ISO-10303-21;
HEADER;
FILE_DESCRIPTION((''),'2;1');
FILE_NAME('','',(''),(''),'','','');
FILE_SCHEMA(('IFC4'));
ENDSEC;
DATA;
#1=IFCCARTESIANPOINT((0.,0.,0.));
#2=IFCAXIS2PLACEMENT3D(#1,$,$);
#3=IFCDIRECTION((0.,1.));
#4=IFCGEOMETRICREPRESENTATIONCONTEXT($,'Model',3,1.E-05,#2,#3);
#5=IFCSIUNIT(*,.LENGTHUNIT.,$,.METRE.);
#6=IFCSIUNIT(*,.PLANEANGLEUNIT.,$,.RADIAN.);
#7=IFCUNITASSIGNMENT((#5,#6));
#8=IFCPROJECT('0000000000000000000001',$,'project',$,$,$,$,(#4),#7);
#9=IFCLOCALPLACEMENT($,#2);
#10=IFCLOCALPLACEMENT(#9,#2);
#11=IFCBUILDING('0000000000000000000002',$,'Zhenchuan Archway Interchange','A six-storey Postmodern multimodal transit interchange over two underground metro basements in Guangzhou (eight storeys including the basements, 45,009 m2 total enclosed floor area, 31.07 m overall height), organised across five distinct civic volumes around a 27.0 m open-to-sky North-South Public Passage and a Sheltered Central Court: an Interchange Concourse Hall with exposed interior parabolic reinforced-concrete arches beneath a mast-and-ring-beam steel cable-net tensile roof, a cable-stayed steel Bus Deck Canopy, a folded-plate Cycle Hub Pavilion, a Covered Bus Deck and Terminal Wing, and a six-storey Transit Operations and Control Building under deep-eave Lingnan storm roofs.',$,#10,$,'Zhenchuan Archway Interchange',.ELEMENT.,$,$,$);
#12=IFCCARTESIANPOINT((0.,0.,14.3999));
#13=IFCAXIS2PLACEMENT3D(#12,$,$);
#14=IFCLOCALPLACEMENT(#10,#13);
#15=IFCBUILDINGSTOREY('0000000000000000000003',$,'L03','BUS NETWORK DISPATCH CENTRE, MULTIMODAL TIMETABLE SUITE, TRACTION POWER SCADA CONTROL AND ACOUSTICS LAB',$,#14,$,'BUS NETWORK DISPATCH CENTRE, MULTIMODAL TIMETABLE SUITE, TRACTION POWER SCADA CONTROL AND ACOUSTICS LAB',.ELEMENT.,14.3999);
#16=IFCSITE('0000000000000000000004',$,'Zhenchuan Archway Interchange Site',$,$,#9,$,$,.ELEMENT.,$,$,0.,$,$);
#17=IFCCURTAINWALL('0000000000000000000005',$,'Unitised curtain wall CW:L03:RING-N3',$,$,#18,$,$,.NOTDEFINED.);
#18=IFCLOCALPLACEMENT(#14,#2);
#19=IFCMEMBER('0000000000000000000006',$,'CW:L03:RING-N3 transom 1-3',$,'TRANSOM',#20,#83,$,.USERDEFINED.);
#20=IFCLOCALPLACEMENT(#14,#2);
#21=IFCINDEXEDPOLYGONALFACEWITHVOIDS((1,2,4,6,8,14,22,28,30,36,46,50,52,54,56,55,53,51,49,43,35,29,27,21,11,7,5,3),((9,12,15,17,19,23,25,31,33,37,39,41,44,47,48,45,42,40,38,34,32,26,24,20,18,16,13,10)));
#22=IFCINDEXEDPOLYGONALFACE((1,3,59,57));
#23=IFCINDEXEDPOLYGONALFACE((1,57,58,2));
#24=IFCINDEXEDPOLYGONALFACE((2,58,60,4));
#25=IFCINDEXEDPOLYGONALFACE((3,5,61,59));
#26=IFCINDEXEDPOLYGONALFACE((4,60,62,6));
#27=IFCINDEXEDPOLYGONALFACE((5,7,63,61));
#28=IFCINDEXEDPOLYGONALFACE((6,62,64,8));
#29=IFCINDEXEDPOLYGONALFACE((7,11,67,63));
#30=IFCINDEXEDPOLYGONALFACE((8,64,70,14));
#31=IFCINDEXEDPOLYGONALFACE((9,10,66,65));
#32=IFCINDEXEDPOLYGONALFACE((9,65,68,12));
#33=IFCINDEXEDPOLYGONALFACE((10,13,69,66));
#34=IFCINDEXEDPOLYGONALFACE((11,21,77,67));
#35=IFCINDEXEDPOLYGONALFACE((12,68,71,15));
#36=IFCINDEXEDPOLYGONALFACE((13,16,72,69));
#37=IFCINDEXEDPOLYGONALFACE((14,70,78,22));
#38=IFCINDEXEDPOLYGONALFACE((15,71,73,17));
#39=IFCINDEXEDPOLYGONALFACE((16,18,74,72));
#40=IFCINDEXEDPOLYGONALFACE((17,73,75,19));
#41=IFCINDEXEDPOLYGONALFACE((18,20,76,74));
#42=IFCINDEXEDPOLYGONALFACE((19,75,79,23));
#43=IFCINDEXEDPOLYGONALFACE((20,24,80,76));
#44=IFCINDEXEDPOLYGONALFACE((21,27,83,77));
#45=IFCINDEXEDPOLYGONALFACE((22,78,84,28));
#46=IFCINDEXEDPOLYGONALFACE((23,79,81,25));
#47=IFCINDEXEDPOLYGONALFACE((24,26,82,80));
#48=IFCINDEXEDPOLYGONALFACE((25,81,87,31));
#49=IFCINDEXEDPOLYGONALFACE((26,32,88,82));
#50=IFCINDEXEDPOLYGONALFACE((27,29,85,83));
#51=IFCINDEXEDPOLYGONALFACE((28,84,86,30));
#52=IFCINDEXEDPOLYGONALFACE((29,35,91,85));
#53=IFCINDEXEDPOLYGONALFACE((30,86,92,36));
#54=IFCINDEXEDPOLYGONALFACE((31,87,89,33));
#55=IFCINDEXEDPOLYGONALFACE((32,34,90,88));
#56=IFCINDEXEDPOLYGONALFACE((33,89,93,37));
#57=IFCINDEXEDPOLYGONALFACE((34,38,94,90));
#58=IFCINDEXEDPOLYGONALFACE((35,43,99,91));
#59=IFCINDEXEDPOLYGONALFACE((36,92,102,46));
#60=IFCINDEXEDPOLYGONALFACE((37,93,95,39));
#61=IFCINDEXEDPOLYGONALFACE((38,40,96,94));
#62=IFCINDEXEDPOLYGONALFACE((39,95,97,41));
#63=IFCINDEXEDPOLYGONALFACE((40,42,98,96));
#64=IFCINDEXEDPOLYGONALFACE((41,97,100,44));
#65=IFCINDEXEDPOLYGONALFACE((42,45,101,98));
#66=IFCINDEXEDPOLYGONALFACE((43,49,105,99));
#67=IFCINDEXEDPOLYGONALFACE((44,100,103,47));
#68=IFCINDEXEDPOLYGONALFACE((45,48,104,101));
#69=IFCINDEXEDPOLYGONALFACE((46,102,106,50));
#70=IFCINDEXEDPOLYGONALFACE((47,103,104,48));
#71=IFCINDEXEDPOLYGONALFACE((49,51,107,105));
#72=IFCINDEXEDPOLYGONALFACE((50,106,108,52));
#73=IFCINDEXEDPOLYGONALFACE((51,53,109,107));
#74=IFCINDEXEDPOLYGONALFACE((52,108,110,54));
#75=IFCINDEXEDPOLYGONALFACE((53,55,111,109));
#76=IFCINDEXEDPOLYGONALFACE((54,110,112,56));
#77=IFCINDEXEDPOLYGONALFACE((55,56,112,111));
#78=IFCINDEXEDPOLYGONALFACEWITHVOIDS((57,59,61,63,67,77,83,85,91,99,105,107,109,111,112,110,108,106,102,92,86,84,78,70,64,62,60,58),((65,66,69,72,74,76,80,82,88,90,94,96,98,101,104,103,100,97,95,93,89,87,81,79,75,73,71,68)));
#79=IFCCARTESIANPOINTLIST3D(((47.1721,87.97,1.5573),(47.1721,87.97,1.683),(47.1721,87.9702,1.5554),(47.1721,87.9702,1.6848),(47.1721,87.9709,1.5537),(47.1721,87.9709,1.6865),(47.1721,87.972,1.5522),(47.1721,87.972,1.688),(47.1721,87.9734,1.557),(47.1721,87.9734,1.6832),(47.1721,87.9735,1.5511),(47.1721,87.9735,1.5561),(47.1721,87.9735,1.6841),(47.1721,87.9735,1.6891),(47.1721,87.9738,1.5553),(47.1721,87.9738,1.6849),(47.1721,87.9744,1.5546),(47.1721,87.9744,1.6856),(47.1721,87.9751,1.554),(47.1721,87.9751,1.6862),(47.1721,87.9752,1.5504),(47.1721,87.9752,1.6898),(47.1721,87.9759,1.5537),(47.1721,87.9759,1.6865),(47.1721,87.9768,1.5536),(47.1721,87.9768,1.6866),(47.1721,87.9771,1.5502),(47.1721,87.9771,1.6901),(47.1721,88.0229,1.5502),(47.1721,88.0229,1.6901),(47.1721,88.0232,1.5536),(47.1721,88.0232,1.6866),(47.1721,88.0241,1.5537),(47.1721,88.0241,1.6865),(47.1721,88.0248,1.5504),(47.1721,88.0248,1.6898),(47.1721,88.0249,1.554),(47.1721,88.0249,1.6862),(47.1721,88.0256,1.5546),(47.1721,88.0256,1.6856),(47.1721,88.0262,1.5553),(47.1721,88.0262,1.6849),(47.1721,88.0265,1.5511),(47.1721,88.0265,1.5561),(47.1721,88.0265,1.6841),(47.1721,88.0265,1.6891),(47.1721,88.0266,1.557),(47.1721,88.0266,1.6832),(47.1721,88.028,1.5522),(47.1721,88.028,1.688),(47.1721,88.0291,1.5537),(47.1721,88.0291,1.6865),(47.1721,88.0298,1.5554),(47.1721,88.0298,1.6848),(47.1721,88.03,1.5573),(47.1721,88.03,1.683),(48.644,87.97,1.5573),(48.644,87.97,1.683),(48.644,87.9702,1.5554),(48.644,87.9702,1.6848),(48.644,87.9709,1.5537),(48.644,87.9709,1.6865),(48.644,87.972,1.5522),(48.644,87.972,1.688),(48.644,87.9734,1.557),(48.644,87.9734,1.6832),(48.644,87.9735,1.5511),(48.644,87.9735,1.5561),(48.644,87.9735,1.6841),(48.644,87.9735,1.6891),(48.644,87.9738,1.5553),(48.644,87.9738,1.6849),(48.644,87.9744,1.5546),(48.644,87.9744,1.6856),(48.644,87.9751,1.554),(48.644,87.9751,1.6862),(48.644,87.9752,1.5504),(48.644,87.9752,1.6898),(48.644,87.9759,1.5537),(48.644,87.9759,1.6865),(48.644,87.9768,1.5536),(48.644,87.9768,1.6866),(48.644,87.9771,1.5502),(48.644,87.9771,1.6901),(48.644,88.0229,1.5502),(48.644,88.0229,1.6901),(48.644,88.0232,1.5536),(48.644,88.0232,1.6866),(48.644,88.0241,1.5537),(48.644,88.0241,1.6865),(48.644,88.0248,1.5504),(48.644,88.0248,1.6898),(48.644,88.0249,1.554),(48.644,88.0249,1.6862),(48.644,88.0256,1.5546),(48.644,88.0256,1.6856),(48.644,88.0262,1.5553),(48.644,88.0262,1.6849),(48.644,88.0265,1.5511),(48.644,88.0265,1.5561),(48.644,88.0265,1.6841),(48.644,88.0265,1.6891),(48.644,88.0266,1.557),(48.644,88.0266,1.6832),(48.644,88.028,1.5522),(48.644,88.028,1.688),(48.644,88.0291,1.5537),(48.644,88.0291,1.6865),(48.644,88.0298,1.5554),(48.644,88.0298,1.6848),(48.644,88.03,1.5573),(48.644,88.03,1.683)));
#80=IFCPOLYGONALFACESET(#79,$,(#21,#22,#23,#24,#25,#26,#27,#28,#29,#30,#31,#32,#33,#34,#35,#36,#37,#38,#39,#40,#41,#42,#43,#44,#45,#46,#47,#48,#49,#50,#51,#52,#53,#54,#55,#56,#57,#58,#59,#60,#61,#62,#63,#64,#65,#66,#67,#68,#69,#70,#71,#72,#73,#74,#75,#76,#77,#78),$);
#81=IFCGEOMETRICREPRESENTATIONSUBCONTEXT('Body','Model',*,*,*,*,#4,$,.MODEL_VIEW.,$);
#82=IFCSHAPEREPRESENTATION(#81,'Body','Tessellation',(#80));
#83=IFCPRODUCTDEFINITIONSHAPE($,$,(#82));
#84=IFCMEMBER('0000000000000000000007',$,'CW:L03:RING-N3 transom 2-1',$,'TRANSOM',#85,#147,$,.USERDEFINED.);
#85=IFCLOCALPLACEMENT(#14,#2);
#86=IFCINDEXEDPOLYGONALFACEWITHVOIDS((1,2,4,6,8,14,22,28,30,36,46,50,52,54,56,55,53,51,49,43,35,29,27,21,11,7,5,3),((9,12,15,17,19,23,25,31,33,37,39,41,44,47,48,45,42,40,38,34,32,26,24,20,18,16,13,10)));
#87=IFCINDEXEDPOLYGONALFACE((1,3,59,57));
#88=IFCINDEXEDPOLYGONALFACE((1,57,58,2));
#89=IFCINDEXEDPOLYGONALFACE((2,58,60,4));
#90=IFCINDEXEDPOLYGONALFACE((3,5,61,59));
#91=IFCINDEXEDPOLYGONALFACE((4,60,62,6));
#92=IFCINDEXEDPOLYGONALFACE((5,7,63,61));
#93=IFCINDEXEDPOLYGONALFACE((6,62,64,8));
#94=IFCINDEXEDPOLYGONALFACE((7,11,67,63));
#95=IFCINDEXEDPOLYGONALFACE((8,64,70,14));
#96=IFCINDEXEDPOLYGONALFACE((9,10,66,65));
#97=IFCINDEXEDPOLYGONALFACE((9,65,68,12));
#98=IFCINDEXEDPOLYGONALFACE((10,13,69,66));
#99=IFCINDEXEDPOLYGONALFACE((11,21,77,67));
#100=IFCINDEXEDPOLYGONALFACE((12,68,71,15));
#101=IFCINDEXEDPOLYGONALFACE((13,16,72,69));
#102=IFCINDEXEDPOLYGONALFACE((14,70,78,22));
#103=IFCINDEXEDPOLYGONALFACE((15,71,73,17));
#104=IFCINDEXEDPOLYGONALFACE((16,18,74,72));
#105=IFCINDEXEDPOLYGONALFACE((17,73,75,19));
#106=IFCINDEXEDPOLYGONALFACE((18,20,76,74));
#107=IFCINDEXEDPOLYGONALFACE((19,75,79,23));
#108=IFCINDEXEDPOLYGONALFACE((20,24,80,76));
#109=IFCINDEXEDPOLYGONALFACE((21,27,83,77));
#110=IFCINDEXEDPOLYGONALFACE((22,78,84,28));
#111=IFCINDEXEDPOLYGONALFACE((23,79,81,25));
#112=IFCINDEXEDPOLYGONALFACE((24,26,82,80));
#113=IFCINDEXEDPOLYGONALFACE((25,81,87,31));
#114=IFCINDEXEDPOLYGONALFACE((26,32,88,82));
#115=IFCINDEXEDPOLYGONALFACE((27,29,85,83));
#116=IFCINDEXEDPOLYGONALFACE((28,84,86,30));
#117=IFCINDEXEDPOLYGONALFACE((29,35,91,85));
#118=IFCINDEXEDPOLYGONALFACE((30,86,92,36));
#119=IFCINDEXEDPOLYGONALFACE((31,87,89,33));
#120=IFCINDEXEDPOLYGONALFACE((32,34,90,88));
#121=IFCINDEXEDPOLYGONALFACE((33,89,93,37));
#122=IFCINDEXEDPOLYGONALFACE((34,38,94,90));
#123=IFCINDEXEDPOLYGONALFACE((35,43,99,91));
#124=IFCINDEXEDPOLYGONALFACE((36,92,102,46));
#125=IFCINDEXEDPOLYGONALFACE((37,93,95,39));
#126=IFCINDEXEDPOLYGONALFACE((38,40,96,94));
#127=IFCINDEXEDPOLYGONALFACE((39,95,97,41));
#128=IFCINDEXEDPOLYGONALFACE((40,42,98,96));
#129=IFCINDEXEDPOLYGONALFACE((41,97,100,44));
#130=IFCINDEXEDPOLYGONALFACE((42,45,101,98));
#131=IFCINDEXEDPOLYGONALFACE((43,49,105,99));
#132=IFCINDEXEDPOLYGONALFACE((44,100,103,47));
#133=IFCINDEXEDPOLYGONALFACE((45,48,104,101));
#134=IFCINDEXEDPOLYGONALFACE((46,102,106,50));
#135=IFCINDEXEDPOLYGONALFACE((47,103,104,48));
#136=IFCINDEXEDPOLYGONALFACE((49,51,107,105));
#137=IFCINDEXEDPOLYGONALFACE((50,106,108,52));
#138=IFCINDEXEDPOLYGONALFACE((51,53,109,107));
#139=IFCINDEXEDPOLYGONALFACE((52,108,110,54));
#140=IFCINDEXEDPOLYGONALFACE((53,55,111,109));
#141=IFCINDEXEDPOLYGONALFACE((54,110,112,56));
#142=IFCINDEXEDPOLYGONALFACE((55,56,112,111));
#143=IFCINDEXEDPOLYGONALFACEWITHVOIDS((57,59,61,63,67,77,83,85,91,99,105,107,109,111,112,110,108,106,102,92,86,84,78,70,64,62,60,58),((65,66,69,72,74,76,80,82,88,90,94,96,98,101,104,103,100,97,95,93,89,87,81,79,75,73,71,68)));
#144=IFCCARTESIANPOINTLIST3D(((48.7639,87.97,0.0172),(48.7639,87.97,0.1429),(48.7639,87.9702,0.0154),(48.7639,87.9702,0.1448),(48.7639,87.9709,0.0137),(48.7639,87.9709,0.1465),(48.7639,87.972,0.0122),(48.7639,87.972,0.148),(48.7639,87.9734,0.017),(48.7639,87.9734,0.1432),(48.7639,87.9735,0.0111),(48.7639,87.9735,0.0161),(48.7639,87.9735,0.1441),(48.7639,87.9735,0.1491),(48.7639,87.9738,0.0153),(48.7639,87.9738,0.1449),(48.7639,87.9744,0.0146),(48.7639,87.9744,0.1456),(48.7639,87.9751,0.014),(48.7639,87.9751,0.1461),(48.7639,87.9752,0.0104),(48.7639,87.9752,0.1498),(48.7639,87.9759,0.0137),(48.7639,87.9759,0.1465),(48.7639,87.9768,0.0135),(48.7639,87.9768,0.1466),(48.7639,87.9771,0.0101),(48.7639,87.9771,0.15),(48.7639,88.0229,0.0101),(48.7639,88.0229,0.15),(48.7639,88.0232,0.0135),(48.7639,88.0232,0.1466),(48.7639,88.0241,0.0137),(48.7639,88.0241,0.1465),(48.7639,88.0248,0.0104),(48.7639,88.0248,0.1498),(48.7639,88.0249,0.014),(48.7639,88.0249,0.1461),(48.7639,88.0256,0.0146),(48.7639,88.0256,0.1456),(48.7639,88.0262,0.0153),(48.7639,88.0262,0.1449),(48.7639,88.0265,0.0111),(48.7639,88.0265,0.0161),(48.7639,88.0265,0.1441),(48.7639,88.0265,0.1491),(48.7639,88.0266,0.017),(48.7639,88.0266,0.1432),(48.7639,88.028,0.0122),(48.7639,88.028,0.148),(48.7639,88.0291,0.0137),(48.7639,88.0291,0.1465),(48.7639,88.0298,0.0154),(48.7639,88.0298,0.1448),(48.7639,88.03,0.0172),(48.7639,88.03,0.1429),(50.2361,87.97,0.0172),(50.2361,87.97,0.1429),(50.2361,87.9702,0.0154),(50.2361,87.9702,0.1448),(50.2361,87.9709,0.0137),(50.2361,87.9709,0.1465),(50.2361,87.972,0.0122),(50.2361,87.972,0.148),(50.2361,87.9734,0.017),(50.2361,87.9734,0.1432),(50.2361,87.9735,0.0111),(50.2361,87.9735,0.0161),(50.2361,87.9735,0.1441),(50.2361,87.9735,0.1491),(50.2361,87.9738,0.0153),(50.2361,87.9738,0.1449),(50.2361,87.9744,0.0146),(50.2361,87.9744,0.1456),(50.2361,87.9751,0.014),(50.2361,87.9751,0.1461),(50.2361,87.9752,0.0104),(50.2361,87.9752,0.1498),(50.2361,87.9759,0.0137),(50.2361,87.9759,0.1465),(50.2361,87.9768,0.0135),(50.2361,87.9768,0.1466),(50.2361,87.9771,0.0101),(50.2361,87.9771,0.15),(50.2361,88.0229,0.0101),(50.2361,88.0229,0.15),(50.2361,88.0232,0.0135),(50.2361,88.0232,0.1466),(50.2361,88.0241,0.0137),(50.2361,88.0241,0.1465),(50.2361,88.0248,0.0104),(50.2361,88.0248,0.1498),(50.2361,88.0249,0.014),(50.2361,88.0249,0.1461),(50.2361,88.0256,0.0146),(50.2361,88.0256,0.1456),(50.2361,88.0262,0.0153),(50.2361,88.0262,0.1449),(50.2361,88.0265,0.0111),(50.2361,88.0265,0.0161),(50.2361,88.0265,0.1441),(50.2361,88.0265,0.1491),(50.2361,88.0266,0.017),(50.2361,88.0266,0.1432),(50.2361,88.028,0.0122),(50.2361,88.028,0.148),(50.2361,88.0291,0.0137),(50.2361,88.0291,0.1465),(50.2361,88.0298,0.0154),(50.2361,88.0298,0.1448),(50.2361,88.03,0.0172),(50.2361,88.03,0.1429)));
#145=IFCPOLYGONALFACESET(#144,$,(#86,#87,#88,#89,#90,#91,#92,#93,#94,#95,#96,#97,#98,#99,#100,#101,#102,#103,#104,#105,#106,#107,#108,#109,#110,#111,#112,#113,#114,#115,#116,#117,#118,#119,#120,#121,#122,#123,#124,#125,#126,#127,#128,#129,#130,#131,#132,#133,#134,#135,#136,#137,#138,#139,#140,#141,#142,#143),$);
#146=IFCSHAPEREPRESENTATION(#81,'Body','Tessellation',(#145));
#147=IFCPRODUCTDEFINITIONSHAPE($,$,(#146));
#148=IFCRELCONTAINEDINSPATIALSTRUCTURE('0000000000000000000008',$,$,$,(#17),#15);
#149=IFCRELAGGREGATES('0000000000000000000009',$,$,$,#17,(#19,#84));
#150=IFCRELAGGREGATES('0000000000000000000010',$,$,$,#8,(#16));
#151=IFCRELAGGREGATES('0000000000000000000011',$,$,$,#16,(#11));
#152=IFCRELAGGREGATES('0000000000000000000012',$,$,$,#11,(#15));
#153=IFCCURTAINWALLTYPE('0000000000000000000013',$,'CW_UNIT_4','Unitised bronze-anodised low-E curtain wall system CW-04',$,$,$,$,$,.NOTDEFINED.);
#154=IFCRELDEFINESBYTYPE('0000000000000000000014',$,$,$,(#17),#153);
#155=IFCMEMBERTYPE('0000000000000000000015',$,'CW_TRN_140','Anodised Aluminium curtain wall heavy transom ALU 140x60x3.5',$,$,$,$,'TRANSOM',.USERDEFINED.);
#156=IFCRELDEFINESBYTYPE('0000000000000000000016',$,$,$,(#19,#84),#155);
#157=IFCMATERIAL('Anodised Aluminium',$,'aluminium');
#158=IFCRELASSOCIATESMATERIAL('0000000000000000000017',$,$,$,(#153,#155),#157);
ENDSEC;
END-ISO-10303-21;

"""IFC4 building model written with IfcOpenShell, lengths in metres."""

from ifc_helpers import new_model, si_unit, direction, frame, origin, origin_2d, place, context, subcontext, project, spatial, hollow_rectangle, extrude, material, material_profile, profile_set, type_object, element, aggregate, save


model = new_model("IFC4")

# Units and contexts
model_context = context("Model", 3, precision=1e-05, world=origin(), true_north=direction((0.0, 1.0)))
body_context = subcontext(model_context, "Body", "Model", "MODEL_VIEW")
ifc_project = project(units=[si_unit("LENGTHUNIT", "METRE"), si_unit("PLANEANGLEUNIT", "RADIAN")], contexts=[model_context])

# Site, building, storey
site_placement = place(None, origin())
site = spatial("IfcSite", under=ifc_project, at=site_placement, Name="Zhenchuan Archway Interchange Site", CompositionType="ELEMENT", RefElevation=0.0)
building_placement = place(site_placement, origin())
building = spatial("IfcBuilding", under=site, at=building_placement, Name="Zhenchuan Archway Interchange", Description="A six-storey Postmodern multimodal transit interchange over two underground metro basements in Guangzhou (eight storeys including the basements, 45,009 m2 total enclosed floor area, 31.07 m overall height), organised across five distinct civic volumes around a 27.0 m open-to-sky North-South Public Passage and a Sheltered Central Court: an Interchange Concourse Hall with exposed interior parabolic reinforced-concrete arches beneath a mast-and-ring-beam steel cable-net tensile roof, a cable-stayed steel Bus Deck Canopy, a folded-plate Cycle Hub Pavilion, a Covered Bus Deck and Terminal Wing, and a six-storey Transit Operations and Control Building under deep-eave Lingnan storm roofs.", LongName="Zhenchuan Archway Interchange", CompositionType="ELEMENT")
storey_placement = place(building_placement, frame((0.0, 0.0, 14.3999)))
storey = spatial("IfcBuildingStorey", under=building, at=storey_placement, Name="L03", Description="BUS NETWORK DISPATCH CENTRE, MULTIMODAL TIMETABLE SUITE, TRACTION POWER SCADA CONTROL AND ACOUSTICS LAB", LongName="BUS NETWORK DISPATCH CENTRE, MULTIMODAL TIMETABLE SUITE, TRACTION POWER SCADA CONTROL AND ACOUSTICS LAB", CompositionType="ELEMENT", Elevation=14.3999)

# Curtain wall
ifc_material_1 = material(Name="Anodised Aluminium", Category="aluminium")
curtain_wall_type = type_object("IfcCurtainWallType", Name="CW_UNIT_4", Description="Unitised bronze-anodised low-E curtain wall system CW-04", PredefinedType="NOTDEFINED", material=ifc_material_1)
curtain_wall_1_placement = place(storey_placement, origin())
curtain_wall_1 = element("IfcCurtainWall", 1, at=curtain_wall_1_placement, inside=storey, type_object=curtain_wall_type, Name="Unitised curtain wall CW:L03:RING-N3", PredefinedType="NOTDEFINED")

# Members
ifc_material_profile_1 = material_profile(ifc_material_1, hollow_rectangle(XDim=0.0601, YDim=0.1399, WallThickness=0.0034, InnerFilletRadius=0.0034, OuterFilletRadius=0.0071, at=origin_2d()), Name="ALU 140x60x3.5")
ifc_profile_set_1 = profile_set([ifc_material_profile_1], Name="Anodised Aluminium")
member_type_1 = type_object("IfcMemberType", Name="CW_TRN_140", Description="Anodised Aluminium curtain wall heavy transom ALU 140x60x3.5", ElementType="TRANSOM", PredefinedType="USERDEFINED", material=ifc_profile_set_1)
member_1_placement = place(storey_placement, frame((47.1721, 88.0, 1.6201), z_axis=(1.0, 0.0, 0.0), x_axis=(0.0, 1.0, 0.0)))
member_1 = element("IfcMember", 2, at=member_1_placement, type_object=member_type_1, Name="CW:L03:RING-N3 transom 1-3", ObjectType="TRANSOM", PredefinedType="USERDEFINED", context=body_context, shape_type="SweptSolid", body=[
    extrude(hollow_rectangle(XDim=0.0601, YDim=0.1399, WallThickness=0.0034, InnerFilletRadius=0.0034, OuterFilletRadius=0.0071, at=origin_2d()), origin(), (0.0, 0.0, 1.0), 1.4719),
])
member_2_placement = place(storey_placement, frame((48.7639, 88.0, 0.0801), z_axis=(1.0, 0.0, 0.0), x_axis=(0.0, 1.0, 0.0)))
member_2 = element("IfcMember", 3, at=member_2_placement, type_object=member_type_1, Name="CW:L03:RING-N3 transom 2-1", ObjectType="TRANSOM", PredefinedType="USERDEFINED", context=body_context, shape_type="SweptSolid", body=[
    extrude(hollow_rectangle(XDim=0.0601, YDim=0.1399, WallThickness=0.0034, InnerFilletRadius=0.0034, OuterFilletRadius=0.0071, at=origin_2d()), origin(), (0.0, 0.0, 1.0), 1.4722),
])

aggregate(curtain_wall_1, [member_1, member_2])

save(model, "model.ifc")
